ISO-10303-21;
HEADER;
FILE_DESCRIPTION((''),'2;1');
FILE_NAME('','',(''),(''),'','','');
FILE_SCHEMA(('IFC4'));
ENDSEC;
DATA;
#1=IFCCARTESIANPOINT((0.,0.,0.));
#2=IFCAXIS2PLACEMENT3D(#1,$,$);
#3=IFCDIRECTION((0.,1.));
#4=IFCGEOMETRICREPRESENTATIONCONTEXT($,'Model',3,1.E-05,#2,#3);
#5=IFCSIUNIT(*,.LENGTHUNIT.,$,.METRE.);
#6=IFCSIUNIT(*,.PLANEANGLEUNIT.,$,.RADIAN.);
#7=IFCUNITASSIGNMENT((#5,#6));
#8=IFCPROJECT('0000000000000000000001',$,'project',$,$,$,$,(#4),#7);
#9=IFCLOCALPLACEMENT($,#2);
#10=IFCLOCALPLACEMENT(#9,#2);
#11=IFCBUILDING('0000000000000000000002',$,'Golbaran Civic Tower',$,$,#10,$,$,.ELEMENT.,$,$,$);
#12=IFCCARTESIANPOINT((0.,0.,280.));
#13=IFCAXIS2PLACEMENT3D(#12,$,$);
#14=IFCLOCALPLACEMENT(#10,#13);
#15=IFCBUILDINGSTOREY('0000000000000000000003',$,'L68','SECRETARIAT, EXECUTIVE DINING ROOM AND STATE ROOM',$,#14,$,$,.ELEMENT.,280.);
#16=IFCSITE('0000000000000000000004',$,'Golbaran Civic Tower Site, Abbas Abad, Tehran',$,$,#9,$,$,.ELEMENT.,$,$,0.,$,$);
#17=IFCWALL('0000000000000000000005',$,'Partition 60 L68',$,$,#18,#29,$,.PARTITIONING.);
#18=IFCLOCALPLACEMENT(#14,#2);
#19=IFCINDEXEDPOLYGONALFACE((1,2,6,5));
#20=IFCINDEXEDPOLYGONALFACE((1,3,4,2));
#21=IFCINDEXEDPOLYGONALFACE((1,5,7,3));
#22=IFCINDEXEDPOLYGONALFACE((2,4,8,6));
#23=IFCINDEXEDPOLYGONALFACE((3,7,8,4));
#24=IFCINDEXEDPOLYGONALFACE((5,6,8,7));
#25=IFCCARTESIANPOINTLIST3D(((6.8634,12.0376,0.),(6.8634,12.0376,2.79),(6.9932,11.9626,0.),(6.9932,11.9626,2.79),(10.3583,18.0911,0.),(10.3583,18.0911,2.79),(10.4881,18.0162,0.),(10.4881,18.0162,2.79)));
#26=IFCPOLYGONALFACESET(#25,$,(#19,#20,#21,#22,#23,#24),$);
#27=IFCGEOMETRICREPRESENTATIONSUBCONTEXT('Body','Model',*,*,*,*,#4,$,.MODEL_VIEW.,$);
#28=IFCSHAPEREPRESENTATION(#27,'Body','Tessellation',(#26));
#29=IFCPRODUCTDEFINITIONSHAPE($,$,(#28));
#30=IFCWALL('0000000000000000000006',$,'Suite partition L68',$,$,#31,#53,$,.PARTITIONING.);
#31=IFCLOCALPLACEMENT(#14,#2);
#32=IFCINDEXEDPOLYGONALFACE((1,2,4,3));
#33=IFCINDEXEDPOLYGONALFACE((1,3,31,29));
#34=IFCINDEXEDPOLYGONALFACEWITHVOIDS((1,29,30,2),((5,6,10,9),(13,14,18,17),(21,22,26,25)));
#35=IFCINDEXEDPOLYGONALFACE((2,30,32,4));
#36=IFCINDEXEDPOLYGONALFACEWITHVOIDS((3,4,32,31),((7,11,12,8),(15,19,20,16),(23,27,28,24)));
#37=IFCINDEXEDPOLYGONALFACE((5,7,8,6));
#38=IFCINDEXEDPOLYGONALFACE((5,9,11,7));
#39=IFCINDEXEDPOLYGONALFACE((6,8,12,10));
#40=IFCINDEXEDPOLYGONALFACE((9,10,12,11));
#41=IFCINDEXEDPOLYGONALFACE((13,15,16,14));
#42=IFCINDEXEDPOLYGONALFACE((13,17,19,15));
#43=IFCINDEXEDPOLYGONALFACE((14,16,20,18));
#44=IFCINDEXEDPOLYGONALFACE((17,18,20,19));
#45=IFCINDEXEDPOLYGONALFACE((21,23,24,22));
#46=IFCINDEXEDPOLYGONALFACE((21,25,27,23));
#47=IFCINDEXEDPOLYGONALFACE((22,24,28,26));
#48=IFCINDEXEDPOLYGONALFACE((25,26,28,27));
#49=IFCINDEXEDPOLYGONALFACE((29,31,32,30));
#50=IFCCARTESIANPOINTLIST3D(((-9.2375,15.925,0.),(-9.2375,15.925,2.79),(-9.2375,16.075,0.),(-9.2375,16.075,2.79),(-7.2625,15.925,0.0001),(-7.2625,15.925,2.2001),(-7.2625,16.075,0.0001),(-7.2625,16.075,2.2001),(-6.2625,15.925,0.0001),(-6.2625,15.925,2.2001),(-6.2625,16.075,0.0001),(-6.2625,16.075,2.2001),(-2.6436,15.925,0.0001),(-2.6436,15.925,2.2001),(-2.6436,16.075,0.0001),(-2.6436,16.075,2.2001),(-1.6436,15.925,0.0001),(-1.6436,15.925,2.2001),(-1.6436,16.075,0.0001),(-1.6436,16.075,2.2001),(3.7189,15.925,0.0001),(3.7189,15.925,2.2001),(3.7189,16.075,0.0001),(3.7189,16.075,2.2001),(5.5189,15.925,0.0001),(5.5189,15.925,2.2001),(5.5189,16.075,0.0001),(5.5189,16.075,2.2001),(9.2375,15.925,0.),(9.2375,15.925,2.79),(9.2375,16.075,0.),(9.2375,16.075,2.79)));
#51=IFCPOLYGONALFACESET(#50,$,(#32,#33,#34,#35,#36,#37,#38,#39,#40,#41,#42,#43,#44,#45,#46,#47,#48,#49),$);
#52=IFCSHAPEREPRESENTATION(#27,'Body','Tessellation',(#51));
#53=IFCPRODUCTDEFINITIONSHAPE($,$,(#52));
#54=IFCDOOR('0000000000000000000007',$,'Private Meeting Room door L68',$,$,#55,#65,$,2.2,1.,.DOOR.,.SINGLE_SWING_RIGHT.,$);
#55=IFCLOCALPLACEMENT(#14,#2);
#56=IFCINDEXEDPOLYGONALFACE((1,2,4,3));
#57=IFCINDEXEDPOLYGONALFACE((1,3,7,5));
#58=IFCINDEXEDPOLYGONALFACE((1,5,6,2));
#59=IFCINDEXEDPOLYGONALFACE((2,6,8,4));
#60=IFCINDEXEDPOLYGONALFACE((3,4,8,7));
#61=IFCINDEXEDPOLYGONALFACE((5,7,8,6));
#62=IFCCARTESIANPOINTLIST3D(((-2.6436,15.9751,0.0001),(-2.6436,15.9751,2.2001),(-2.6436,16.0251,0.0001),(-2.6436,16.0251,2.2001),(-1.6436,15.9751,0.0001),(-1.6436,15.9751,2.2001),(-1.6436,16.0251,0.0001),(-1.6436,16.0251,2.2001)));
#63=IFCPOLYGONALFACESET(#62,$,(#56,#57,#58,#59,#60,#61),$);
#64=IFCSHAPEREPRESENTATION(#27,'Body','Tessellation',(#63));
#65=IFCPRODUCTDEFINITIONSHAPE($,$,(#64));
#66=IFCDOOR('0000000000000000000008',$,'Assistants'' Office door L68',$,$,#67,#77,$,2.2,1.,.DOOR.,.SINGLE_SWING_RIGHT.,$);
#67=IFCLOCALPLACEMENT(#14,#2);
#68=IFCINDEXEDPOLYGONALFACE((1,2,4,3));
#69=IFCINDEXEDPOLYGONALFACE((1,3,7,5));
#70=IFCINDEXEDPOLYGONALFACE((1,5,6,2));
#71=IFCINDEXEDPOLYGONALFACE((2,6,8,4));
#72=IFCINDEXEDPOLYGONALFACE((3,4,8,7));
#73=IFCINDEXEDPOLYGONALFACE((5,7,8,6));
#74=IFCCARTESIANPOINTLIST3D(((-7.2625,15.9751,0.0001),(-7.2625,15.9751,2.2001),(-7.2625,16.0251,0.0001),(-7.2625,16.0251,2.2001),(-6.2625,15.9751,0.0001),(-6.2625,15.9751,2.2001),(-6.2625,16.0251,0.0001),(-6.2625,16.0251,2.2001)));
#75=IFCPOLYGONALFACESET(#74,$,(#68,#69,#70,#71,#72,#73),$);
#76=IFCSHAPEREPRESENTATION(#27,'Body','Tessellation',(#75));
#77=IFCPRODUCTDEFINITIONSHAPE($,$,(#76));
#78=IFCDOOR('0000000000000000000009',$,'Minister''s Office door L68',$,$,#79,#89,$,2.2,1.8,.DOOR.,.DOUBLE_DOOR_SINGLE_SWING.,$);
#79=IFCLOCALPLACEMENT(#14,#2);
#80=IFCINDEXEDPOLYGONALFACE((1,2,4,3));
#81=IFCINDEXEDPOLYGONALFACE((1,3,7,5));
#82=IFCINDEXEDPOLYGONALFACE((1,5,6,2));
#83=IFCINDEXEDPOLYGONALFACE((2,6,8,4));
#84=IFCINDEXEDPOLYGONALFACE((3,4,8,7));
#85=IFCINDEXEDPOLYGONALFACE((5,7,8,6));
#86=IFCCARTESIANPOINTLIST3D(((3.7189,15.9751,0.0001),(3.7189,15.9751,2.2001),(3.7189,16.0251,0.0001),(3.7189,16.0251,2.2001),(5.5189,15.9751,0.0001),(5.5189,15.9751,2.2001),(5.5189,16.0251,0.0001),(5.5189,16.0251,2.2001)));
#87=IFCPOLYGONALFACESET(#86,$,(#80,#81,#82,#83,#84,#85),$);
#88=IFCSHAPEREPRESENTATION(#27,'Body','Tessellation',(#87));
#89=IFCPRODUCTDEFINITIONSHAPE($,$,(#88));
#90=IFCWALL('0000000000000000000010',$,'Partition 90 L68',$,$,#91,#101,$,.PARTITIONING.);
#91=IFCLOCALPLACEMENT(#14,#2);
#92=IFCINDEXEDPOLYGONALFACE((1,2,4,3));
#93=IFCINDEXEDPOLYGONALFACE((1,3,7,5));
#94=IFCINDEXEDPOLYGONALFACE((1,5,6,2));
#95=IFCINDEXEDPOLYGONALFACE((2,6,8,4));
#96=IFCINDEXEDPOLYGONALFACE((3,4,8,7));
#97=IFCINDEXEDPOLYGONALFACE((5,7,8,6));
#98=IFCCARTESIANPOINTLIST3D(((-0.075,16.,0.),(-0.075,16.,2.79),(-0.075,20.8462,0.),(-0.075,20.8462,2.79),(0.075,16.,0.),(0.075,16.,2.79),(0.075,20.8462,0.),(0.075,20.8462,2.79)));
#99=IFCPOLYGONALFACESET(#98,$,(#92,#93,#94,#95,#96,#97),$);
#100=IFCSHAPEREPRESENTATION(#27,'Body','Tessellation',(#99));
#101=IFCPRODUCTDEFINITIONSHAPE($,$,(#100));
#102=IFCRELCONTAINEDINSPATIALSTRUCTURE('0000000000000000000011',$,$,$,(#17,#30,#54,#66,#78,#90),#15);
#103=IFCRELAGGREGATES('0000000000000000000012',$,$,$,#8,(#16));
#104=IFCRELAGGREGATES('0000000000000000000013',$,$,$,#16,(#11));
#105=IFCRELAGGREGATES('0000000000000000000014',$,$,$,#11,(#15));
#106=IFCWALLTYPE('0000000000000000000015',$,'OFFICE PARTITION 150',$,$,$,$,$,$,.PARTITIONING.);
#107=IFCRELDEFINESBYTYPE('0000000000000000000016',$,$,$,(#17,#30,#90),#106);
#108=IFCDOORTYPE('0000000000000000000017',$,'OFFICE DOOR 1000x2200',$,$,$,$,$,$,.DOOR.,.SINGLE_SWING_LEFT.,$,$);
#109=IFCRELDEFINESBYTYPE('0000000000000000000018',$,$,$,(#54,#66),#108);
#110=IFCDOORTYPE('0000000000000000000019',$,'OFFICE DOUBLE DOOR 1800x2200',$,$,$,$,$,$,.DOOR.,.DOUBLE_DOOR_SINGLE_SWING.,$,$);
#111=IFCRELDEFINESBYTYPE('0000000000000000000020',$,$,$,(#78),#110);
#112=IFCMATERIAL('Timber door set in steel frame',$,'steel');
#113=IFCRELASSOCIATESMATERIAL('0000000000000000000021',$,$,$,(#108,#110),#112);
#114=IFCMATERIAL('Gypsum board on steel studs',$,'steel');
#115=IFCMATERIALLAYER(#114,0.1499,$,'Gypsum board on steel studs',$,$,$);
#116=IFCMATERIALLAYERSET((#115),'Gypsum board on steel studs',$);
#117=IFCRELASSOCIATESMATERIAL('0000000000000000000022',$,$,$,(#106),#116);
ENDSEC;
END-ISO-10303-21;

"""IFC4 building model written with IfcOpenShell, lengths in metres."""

from ifc_helpers import new_model, si_unit, direction, frame, frame_2d, origin, place, context, subcontext, project, spatial, rectangle, extrude, material, layer, layer_set, type_object, element, fill, save


model = new_model("IFC4")

# Units and contexts
model_context = context("Model", 3, precision=1e-05, world=origin(), true_north=direction((0.0, 1.0)))
body_context = subcontext(model_context, "Body", "Model", "MODEL_VIEW")
ifc_project = project(units=[si_unit("LENGTHUNIT", "METRE"), si_unit("PLANEANGLEUNIT", "RADIAN")], contexts=[model_context])

# Site, building, storey
site_placement = place(None, origin())
site = spatial("IfcSite", under=ifc_project, at=site_placement, Name="Golbaran Civic Tower Site, Abbas Abad, Tehran", CompositionType="ELEMENT", RefElevation=0.0)
building_placement = place(site_placement, origin())
building = spatial("IfcBuilding", under=site, at=building_placement, Name="Golbaran Civic Tower", CompositionType="ELEMENT")
storey_placement = place(building_placement, frame((0.0, 0.0, 280.0)))
storey = spatial("IfcBuildingStorey", under=building, at=storey_placement, Name="L68", Description="SECRETARIAT, EXECUTIVE DINING ROOM AND STATE ROOM", CompositionType="ELEMENT", Elevation=280.0)

# Shared definitions
ifc_material_1 = material(Name="Timber door set in steel frame", Category="steel")
door_type_1 = type_object("IfcDoorType", Name="OFFICE DOOR 1000x2200", OperationType="SINGLE_SWING_LEFT", PredefinedType="DOOR", material=ifc_material_1)
door_type_2 = type_object("IfcDoorType", Name="OFFICE DOUBLE DOOR 1800x2200", OperationType="DOUBLE_DOOR_SINGLE_SWING", PredefinedType="DOOR", material=ifc_material_1)

# Wall
ifc_material_2 = material(Name="Gypsum board on steel studs", Category="steel")
ifc_layer_1 = layer(ifc_material_2, 0.1499, Name="Gypsum board on steel studs")
ifc_layer_set_1 = layer_set([ifc_layer_1], Name="Gypsum board on steel studs")
wall_type_1 = type_object("IfcWallType", Name="OFFICE PARTITION 150", PredefinedType="PARTITIONING", material=ifc_layer_set_1)
wall_1_placement = place(storey_placement, frame((6.9282, 12.0, 0.0), z_axis=(0.0, 0.0, 1.0), x_axis=(0.49999, 0.866031, 0.0)))
element("IfcWall", 1, at=wall_1_placement, inside=storey, type_object=wall_type_1, Name="Partition 60 L68", PredefinedType="PARTITIONING", context=body_context, shape_type="SweptSolid", body=[
    extrude(rectangle(XDim=6.99, YDim=0.1499, at=frame_2d((3.4951, 0.0))), origin(), (0.0, 0.0, 1.0), 2.79),
])

# Wall, openings, doors
wall_2_placement = place(storey_placement, frame((9.2375, 16.0, 0.0), z_axis=(0.0, 0.0, 1.0), x_axis=(-1.0, 0.0, 0.0)))
wall_2 = element("IfcWall", 2, at=wall_2_placement, inside=storey, type_object=wall_type_1, Name="Suite partition L68", PredefinedType="PARTITIONING", context=body_context, shape_type="SweptSolid", body=[
    extrude(rectangle(XDim=18.4751, YDim=0.1499, at=frame_2d((9.2375, 0.0))), origin(), (0.0, 0.0, 1.0), 2.79),
])
opening_1_placement = place(wall_2_placement, frame((3.7188, 0.0, 0.0)))
opening_1 = element("IfcOpeningElement", 3, at=opening_1_placement, cuts=wall_2, PredefinedType="OPENING", context=body_context, shape_type="SweptSolid", body=[
    extrude(rectangle(XDim=1.8, YDim=2.2, at=frame_2d((0.8999, 1.1001))), frame((0.0, 0.085, 0.0), z_axis=(0.0, -1.0, 0.0), x_axis=(1.0, 0.0, 0.0)), (0.0, 0.0, 1.0), 0.1699),
])
opening_2_placement = place(wall_2_placement, frame((10.8811, 0.0, 0.0)))
opening_2 = element("IfcOpeningElement", 4, at=opening_2_placement, cuts=wall_2, PredefinedType="OPENING", context=body_context, shape_type="SweptSolid", body=[
    extrude(rectangle(XDim=1.0, YDim=2.2, at=frame_2d((0.5, 1.1001))), frame((0.0, 0.085, 0.0), z_axis=(0.0, -1.0, 0.0), x_axis=(1.0, 0.0, 0.0)), (0.0, 0.0, 1.0), 0.1699),
])
opening_3_placement = place(wall_2_placement, frame((15.5, 0.0, 0.0)))
opening_3 = element("IfcOpeningElement", 5, at=opening_3_placement, cuts=wall_2, PredefinedType="OPENING", context=body_context, shape_type="SweptSolid", body=[
    extrude(rectangle(XDim=1.0, YDim=2.2, at=frame_2d((0.5, 1.1001))), frame((0.0, 0.085, 0.0), z_axis=(0.0, -1.0, 0.0), x_axis=(1.0, 0.0, 0.0)), (0.0, 0.0, 1.0), 0.1699),
])
door_1_placement = place(opening_2_placement, origin())
door_1 = element("IfcDoor", 6, at=door_1_placement, inside=storey, type_object=door_type_1, Name="Private Meeting Room door L68", OperationType="SINGLE_SWING_RIGHT", OverallHeight=2.2, OverallWidth=1.0, PredefinedType="DOOR", context=body_context, shape_type="SweptSolid", body=[
    extrude(rectangle(XDim=1.0, YDim=2.2, at=frame_2d((0.5, 1.1001))), frame((0.0, 0.0249, 0.0), z_axis=(0.0, -1.0, 0.0), x_axis=(1.0, 0.0, 0.0)), (0.0, 0.0, 1.0), 0.05),
])
fill(opening_2, door_1)
door_2_placement = place(opening_3_placement, origin())
door_2 = element("IfcDoor", 7, at=door_2_placement, inside=storey, type_object=door_type_1, Name="Assistants' Office door L68", OperationType="SINGLE_SWING_RIGHT", OverallHeight=2.2, OverallWidth=1.0, PredefinedType="DOOR", context=body_context, shape_type="SweptSolid", body=[
    extrude(rectangle(XDim=1.0, YDim=2.2, at=frame_2d((0.5, 1.1001))), frame((0.0, 0.0249, 0.0), z_axis=(0.0, -1.0, 0.0), x_axis=(1.0, 0.0, 0.0)), (0.0, 0.0, 1.0), 0.05),
])
fill(opening_3, door_2)
door_3_placement = place(opening_1_placement, origin())
door_3 = element("IfcDoor", 8, at=door_3_placement, inside=storey, type_object=door_type_2, Name="Minister's Office door L68", OperationType="DOUBLE_DOOR_SINGLE_SWING", OverallHeight=2.2, OverallWidth=1.8, PredefinedType="DOOR", context=body_context, shape_type="SweptSolid", body=[
    extrude(rectangle(XDim=1.8, YDim=2.2, at=frame_2d((0.8999, 1.1001))), frame((0.0, 0.0249, 0.0), z_axis=(0.0, -1.0, 0.0), x_axis=(1.0, 0.0, 0.0)), (0.0, 0.0, 1.0), 0.05),
])
fill(opening_1, door_3)

# Wall
wall_3_placement = place(storey_placement, frame((0.0, 16.0, 0.0), z_axis=(0.0, 0.0, 1.0), x_axis=(0.0, 1.0, 0.0)))
element("IfcWall", 9, at=wall_3_placement, inside=storey, type_object=wall_type_1, Name="Partition 90 L68", PredefinedType="PARTITIONING", context=body_context, shape_type="SweptSolid", body=[
    extrude(rectangle(XDim=4.8462, YDim=0.1499, at=frame_2d((2.4231, 0.0))), origin(), (0.0, 0.0, 1.0), 2.79),
])

save(model, "model.ifc")
